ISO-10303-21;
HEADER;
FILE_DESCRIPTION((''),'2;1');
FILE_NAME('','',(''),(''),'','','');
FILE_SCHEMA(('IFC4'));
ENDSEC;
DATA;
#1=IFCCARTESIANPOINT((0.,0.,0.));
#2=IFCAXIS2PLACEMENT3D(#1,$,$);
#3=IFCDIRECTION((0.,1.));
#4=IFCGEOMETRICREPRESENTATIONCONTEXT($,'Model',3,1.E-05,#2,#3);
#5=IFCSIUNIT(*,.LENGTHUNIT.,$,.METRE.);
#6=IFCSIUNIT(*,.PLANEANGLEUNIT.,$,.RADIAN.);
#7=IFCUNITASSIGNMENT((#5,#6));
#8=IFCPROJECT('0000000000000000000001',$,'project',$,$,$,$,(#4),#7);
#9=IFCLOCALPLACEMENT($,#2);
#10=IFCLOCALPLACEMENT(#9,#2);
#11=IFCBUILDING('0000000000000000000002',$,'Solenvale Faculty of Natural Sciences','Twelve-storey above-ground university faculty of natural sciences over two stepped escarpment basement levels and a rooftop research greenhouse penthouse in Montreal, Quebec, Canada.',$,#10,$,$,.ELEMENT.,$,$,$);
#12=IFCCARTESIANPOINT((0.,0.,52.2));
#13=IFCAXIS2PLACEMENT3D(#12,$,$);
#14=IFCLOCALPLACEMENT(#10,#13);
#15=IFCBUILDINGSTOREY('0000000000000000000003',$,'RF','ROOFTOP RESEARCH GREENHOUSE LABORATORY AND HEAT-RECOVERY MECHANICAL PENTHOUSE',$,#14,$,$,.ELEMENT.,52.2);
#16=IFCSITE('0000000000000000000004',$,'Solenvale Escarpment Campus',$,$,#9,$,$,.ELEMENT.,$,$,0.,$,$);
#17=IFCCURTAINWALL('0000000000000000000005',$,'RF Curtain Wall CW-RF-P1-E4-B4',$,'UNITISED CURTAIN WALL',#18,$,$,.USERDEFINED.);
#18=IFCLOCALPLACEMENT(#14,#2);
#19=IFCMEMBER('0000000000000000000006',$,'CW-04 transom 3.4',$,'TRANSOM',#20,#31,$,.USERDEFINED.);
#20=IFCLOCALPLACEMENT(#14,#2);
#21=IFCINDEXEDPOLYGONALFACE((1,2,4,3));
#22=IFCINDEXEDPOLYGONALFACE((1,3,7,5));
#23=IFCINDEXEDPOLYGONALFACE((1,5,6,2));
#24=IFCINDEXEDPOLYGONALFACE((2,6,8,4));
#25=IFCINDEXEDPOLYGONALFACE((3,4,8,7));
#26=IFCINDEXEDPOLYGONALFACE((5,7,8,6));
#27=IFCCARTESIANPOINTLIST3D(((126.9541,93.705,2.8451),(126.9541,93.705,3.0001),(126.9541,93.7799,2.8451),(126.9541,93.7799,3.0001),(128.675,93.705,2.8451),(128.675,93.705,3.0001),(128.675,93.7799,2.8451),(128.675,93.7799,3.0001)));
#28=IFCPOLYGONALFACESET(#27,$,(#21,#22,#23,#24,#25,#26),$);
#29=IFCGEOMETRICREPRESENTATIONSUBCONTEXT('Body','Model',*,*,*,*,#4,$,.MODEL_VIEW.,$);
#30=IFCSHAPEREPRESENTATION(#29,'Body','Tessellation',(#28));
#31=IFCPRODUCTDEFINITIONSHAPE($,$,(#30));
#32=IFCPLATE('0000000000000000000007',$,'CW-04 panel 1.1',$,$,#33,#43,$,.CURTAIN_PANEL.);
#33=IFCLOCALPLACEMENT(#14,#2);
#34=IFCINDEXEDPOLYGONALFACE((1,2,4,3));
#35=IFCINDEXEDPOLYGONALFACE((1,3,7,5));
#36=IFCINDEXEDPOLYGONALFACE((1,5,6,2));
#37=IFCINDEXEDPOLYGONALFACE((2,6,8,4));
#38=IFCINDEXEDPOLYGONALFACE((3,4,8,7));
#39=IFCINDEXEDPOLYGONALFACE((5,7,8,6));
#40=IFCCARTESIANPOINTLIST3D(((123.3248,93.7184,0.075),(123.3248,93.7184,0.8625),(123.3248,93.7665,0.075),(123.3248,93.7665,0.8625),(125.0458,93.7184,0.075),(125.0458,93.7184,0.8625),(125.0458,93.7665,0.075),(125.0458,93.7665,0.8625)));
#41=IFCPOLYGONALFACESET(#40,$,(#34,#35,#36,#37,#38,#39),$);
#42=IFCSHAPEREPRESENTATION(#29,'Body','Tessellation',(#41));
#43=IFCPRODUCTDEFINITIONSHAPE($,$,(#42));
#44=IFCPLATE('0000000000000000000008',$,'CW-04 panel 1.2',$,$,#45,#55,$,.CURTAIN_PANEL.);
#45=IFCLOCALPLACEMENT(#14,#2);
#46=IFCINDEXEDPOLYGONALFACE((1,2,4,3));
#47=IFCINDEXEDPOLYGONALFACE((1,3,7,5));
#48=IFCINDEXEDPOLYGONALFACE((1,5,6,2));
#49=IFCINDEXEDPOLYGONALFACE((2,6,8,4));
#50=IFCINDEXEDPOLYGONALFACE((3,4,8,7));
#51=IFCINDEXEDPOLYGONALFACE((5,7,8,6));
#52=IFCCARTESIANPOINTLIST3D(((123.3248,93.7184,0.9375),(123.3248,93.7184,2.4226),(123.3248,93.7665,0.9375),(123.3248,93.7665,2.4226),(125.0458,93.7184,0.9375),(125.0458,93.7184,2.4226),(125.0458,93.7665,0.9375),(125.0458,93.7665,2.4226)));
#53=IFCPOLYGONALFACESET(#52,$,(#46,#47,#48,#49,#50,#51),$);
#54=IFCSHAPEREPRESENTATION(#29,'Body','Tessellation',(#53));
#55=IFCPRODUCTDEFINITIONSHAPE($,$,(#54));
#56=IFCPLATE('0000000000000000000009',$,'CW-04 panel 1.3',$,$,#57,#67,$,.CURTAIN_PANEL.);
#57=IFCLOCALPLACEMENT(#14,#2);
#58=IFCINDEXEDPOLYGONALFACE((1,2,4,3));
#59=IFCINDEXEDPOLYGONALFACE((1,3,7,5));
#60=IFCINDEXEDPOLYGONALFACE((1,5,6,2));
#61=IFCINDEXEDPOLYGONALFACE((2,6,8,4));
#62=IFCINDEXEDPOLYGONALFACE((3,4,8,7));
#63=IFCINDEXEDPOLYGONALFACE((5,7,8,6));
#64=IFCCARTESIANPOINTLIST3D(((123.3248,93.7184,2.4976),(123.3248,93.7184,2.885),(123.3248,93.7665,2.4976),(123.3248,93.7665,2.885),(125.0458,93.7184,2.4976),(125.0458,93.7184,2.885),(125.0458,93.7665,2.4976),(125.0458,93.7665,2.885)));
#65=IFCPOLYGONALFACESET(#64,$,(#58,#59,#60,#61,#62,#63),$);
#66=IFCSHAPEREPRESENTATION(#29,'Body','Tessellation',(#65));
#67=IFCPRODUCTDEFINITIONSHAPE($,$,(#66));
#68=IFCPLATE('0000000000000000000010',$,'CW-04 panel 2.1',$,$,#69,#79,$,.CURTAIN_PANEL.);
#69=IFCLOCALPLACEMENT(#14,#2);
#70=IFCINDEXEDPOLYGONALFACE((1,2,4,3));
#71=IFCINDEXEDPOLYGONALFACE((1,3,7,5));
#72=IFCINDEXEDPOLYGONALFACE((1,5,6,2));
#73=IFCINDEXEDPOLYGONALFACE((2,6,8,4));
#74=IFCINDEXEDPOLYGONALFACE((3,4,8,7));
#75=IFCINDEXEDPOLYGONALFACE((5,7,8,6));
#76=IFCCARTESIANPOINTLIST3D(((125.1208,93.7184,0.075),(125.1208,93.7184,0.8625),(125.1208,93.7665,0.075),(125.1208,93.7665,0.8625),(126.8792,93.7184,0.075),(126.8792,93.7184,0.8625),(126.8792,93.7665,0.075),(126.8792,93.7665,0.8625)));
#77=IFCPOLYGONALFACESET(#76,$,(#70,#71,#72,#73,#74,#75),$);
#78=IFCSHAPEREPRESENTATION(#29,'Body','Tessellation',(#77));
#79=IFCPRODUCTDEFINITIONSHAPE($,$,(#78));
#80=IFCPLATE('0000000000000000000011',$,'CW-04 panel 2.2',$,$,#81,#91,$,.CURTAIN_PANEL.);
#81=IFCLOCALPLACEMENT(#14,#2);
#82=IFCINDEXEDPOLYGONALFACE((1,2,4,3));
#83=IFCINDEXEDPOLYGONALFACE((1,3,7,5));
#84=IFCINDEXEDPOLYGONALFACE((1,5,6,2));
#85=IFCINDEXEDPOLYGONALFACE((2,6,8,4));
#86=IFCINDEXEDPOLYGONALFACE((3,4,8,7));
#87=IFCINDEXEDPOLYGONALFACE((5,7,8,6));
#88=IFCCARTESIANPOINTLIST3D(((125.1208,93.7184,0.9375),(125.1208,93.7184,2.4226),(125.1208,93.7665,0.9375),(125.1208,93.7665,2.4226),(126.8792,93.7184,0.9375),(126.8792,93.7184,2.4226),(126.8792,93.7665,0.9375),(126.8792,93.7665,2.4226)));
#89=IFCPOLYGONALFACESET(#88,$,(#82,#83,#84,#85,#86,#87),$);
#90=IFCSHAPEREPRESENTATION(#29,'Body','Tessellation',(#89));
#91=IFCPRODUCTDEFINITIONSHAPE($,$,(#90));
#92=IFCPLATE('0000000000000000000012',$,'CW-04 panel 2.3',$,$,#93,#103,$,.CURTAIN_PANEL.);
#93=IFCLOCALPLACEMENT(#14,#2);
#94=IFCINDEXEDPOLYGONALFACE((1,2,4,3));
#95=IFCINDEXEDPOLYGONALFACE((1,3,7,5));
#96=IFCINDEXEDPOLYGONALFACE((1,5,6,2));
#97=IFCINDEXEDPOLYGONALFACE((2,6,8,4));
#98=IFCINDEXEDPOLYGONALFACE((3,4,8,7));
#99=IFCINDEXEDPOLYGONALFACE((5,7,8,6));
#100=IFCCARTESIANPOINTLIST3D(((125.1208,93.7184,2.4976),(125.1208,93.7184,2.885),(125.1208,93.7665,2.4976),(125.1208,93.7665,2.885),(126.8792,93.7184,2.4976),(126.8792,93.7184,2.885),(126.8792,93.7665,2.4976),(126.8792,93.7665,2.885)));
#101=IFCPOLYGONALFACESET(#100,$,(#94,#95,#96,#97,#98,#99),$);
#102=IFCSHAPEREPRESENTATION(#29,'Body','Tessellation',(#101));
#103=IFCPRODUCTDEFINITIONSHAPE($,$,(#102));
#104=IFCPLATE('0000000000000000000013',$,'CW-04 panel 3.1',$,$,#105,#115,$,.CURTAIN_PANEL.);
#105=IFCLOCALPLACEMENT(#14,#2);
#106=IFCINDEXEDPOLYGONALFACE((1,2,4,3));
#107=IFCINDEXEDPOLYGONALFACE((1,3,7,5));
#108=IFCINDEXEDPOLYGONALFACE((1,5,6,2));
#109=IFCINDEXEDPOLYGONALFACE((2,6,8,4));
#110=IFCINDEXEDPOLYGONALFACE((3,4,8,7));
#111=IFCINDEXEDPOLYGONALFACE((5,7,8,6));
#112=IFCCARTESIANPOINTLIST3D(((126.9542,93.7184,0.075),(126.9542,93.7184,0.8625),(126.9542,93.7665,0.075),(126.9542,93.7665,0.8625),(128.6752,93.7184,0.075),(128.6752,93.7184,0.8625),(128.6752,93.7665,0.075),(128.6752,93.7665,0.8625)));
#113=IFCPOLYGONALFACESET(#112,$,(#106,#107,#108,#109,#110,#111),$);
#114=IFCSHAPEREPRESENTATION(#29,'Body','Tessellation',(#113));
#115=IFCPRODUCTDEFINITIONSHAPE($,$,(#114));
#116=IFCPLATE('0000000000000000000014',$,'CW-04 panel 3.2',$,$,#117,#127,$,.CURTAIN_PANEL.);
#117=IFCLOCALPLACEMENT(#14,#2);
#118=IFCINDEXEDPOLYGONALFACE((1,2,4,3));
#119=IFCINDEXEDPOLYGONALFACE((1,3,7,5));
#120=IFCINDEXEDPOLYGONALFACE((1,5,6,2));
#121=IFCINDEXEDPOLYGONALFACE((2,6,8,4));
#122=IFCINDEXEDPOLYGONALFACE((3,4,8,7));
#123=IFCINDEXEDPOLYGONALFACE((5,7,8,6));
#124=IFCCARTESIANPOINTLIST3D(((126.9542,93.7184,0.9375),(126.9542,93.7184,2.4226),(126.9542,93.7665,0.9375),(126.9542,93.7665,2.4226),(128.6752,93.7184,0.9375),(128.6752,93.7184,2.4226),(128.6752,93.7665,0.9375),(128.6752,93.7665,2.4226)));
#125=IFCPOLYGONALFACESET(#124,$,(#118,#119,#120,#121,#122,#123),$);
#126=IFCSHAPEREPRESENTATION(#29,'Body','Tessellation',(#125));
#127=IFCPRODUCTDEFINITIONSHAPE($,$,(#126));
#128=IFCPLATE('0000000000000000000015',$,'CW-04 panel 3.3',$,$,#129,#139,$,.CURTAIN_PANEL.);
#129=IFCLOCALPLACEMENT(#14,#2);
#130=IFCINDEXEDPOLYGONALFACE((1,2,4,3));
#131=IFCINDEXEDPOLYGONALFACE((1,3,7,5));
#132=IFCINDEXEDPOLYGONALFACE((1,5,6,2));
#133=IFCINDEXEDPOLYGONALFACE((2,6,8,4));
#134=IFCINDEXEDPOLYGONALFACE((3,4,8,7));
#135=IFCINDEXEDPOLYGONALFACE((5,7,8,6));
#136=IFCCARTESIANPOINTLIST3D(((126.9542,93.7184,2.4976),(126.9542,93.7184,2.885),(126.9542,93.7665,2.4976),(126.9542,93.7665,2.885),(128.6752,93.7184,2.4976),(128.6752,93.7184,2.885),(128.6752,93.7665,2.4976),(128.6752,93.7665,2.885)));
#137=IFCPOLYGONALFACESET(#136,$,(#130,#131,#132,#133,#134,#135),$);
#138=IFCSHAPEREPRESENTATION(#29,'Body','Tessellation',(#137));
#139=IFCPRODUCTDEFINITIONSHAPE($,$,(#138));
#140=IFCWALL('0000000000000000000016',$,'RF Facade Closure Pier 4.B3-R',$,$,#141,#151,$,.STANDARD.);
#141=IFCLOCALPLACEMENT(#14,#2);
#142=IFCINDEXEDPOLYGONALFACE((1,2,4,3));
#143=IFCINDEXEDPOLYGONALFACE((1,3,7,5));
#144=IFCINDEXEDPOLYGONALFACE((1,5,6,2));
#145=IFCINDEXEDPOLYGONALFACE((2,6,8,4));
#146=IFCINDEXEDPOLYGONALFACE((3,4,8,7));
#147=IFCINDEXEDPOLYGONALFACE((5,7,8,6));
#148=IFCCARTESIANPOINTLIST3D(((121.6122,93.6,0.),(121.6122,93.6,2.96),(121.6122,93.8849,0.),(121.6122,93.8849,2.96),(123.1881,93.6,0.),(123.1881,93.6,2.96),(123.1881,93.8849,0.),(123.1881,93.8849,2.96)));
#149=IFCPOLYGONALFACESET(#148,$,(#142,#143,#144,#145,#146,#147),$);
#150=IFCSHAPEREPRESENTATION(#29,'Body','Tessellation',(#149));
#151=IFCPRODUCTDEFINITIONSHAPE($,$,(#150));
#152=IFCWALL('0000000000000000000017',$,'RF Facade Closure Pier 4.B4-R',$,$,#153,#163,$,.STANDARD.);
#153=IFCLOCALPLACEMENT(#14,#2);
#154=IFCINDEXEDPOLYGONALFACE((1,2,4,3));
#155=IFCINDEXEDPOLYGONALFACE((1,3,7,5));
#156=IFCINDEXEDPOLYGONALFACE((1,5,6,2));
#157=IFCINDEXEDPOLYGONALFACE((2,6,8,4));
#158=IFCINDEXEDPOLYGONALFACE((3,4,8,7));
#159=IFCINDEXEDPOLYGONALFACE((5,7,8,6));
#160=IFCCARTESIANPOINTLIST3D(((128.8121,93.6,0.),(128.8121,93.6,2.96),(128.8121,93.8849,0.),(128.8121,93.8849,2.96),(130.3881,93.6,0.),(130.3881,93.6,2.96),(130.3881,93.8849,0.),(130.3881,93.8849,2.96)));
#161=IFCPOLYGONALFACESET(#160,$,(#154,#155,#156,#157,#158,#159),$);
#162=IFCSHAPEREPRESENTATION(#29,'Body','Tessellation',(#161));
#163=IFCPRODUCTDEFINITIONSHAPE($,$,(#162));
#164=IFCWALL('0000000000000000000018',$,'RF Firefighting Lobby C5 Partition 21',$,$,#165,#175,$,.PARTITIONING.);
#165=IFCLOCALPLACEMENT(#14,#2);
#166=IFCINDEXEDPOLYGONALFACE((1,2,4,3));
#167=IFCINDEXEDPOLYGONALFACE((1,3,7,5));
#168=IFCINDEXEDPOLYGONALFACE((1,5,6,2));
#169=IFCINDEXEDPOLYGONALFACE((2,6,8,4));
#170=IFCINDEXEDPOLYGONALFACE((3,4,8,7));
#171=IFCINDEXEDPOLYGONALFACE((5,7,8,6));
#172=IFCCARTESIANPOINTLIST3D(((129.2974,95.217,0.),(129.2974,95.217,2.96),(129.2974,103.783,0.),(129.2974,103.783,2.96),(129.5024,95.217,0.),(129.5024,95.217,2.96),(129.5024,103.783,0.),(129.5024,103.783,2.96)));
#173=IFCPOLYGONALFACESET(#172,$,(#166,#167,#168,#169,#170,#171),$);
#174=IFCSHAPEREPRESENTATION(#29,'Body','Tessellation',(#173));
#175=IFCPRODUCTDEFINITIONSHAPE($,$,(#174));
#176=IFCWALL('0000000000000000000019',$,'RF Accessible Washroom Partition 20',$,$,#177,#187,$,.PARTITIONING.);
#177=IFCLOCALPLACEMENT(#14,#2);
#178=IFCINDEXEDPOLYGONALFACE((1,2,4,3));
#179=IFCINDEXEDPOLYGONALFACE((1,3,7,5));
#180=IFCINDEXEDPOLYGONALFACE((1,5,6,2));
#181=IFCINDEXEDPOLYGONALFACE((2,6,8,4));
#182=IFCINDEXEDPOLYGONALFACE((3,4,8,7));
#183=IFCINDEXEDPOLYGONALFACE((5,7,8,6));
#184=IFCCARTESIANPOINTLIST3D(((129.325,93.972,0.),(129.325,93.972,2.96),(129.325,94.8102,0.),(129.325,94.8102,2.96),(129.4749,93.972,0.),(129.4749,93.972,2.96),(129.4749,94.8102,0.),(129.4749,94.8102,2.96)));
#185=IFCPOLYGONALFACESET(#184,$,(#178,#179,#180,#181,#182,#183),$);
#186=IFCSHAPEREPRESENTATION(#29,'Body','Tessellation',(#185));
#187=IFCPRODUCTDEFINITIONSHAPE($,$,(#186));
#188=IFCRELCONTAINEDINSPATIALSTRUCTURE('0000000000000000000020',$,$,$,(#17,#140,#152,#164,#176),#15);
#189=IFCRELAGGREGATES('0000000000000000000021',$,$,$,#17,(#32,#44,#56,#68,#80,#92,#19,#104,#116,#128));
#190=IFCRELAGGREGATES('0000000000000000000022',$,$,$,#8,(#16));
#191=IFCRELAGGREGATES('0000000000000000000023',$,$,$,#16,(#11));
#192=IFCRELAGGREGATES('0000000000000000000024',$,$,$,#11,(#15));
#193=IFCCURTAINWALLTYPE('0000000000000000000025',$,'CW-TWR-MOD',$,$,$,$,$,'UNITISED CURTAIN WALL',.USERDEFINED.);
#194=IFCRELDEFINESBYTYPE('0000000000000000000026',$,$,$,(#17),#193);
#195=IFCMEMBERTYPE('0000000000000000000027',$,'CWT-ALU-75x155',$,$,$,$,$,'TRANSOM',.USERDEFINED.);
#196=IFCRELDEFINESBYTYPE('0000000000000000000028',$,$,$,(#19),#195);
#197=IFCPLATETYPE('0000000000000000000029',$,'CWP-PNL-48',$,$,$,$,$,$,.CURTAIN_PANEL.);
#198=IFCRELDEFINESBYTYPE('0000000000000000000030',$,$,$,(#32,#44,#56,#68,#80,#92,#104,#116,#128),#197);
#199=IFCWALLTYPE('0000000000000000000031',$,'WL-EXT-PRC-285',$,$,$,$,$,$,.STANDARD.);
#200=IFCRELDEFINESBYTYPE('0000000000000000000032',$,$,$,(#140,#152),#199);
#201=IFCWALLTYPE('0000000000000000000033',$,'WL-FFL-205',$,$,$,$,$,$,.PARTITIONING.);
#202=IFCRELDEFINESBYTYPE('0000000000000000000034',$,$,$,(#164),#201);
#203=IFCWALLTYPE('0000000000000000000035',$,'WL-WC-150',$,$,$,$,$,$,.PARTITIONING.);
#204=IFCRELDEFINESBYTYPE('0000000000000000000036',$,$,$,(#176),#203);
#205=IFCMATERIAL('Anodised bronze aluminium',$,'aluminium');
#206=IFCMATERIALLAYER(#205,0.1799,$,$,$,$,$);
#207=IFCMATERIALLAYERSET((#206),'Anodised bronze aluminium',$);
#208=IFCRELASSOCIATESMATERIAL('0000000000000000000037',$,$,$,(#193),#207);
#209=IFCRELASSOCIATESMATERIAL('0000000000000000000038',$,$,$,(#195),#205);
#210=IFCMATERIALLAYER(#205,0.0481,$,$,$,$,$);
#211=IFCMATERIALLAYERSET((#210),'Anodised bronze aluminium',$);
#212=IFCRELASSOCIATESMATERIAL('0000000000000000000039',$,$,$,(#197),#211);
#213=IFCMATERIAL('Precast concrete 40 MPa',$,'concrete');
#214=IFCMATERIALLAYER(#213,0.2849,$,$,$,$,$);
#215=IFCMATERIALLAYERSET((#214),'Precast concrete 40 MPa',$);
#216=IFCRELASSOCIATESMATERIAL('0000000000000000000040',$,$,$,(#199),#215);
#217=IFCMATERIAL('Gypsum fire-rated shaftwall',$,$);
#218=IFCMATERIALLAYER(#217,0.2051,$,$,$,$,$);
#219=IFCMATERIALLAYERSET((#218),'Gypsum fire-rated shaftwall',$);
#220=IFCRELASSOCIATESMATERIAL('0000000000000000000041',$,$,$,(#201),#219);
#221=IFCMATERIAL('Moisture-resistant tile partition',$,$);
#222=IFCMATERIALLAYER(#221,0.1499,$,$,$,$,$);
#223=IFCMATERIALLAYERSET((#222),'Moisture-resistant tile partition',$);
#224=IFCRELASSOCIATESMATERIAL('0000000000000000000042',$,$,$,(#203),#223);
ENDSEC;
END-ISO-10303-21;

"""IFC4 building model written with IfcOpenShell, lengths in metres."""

from ifc_helpers import new_model, si_unit, direction, frame, frame_2d, origin, origin_2d, place, context, subcontext, project, spatial, rectangle, extrude, material, layer, layer_set, material_profile, profile_set, type_object, element, aggregate, save


model = new_model("IFC4")

# Units and contexts
model_context = context("Model", 3, precision=1e-05, world=origin(), true_north=direction((0.0, 1.0)))
body_context = subcontext(model_context, "Body", "Model", "MODEL_VIEW")
ifc_project = project(units=[si_unit("LENGTHUNIT", "METRE"), si_unit("PLANEANGLEUNIT", "RADIAN")], contexts=[model_context])

# Site, building, storey
site_placement = place(None, origin())
site = spatial("IfcSite", under=ifc_project, at=site_placement, Name="Solenvale Escarpment Campus", CompositionType="ELEMENT", RefElevation=0.0)
building_placement = place(site_placement, origin())
building = spatial("IfcBuilding", under=site, at=building_placement, Name="Solenvale Faculty of Natural Sciences", Description="Twelve-storey above-ground university faculty of natural sciences over two stepped escarpment basement levels and a rooftop research greenhouse penthouse in Montreal, Quebec, Canada.", CompositionType="ELEMENT")
storey_placement = place(building_placement, frame((0.0, 0.0, 52.2)))
storey = spatial("IfcBuildingStorey", under=building, at=storey_placement, Name="RF", Description="ROOFTOP RESEARCH GREENHOUSE LABORATORY AND HEAT-RECOVERY MECHANICAL PENTHOUSE", CompositionType="ELEMENT", Elevation=52.2)

# Curtain wall, member, plates
ifc_material_1 = material(Name="Anodised bronze aluminium", Category="aluminium")
ifc_layer_1 = layer(ifc_material_1, 0.1799)
ifc_layer_set_1 = layer_set([ifc_layer_1], Name="Anodised bronze aluminium")
curtain_wall_type = type_object("IfcCurtainWallType", Name="CW-TWR-MOD", ElementType="UNITISED CURTAIN WALL", PredefinedType="USERDEFINED", material=ifc_layer_set_1)
curtain_wall_placement = place(storey_placement, origin())
curtain_wall = element("IfcCurtainWall", 1, at=curtain_wall_placement, inside=storey, type_object=curtain_wall_type, Name="RF Curtain Wall CW-RF-P1-E4-B4", ObjectType="UNITISED CURTAIN WALL", PredefinedType="USERDEFINED")
ifc_material_profile_1 = material_profile(ifc_material_1, rectangle(XDim=0.075, YDim=0.155, at=origin_2d()), Name="ALU-TRN-75x155")
ifc_profile_set_1 = profile_set([ifc_material_profile_1], Name="Anodised bronze aluminium")
member_type_1 = type_object("IfcMemberType", Name="CWT-ALU-75x155", ElementType="TRANSOM", PredefinedType="USERDEFINED", material=ifc_profile_set_1)
member_1_placement = place(storey_placement, frame((126.9541, 93.7424, 2.9226), z_axis=(1.0, 0.0, 0.0), x_axis=(0.0, 1.0, 0.0)))
member_1 = element("IfcMember", 2, at=member_1_placement, type_object=member_type_1, Name="CW-04 transom 3.4", ObjectType="TRANSOM", PredefinedType="USERDEFINED", context=body_context, shape_type="SweptSolid", body=[
    extrude(rectangle(XDim=0.075, YDim=0.155, at=origin_2d()), origin(), (0.0, 0.0, 1.0), 1.7209),
])
ifc_layer_2 = layer(ifc_material_1, 0.0481)
ifc_layer_set_2 = layer_set([ifc_layer_2], Name="Anodised bronze aluminium")
plate_type = type_object("IfcPlateType", Name="CWP-PNL-48", PredefinedType="CURTAIN_PANEL", material=ifc_layer_set_2)
plate_1_placement = place(storey_placement, frame((124.1853, 93.7424, 0.075), z_axis=(0.0, 0.0, 1.0), x_axis=(1.0, 0.0, 0.0)))
plate_1 = element("IfcPlate", 3, at=plate_1_placement, type_object=plate_type, Name="CW-04 panel 1.1", PredefinedType="CURTAIN_PANEL", context=body_context, shape_type="SweptSolid", body=[
    extrude(rectangle(XDim=1.7209, YDim=0.0481, at=origin_2d()), origin(), (0.0, 0.0, 1.0), 0.7876),
])
plate_2_placement = place(storey_placement, frame((124.1853, 93.7424, 0.9375), z_axis=(0.0, 0.0, 1.0), x_axis=(1.0, 0.0, 0.0)))
plate_2 = element("IfcPlate", 4, at=plate_2_placement, type_object=plate_type, Name="CW-04 panel 1.2", PredefinedType="CURTAIN_PANEL", context=body_context, shape_type="SweptSolid", body=[
    extrude(rectangle(XDim=1.7209, YDim=0.0481, at=origin_2d()), origin(), (0.0, 0.0, 1.0), 1.4851),
])
plate_3_placement = place(storey_placement, frame((124.1853, 93.7424, 2.4976), z_axis=(0.0, 0.0, 1.0), x_axis=(1.0, 0.0, 0.0)))
plate_3 = element("IfcPlate", 5, at=plate_3_placement, type_object=plate_type, Name="CW-04 panel 1.3", PredefinedType="CURTAIN_PANEL", context=body_context, shape_type="SweptSolid", body=[
    extrude(rectangle(XDim=1.7209, YDim=0.0481, at=origin_2d()), origin(), (0.0, 0.0, 1.0), 0.3875),
])
plate_4_placement = place(storey_placement, frame((126.0, 93.7424, 0.075), z_axis=(0.0, 0.0, 1.0), x_axis=(1.0, 0.0, 0.0)))
plate_4 = element("IfcPlate", 6, at=plate_4_placement, type_object=plate_type, Name="CW-04 panel 2.1", PredefinedType="CURTAIN_PANEL", context=body_context, shape_type="SweptSolid", body=[
    extrude(rectangle(XDim=1.7583, YDim=0.0481, at=origin_2d()), origin(), (0.0, 0.0, 1.0), 0.7876),
])
plate_5_placement = place(storey_placement, frame((126.0, 93.7424, 0.9375), z_axis=(0.0, 0.0, 1.0), x_axis=(1.0, 0.0, 0.0)))
plate_5 = element("IfcPlate", 7, at=plate_5_placement, type_object=plate_type, Name="CW-04 panel 2.2", PredefinedType="CURTAIN_PANEL", context=body_context, shape_type="SweptSolid", body=[
    extrude(rectangle(XDim=1.7583, YDim=0.0481, at=origin_2d()), origin(), (0.0, 0.0, 1.0), 1.4851),
])
plate_6_placement = place(storey_placement, frame((126.0, 93.7424, 2.4976), z_axis=(0.0, 0.0, 1.0), x_axis=(1.0, 0.0, 0.0)))
plate_6 = element("IfcPlate", 8, at=plate_6_placement, type_object=plate_type, Name="CW-04 panel 2.3", PredefinedType="CURTAIN_PANEL", context=body_context, shape_type="SweptSolid", body=[
    extrude(rectangle(XDim=1.7583, YDim=0.0481, at=origin_2d()), origin(), (0.0, 0.0, 1.0), 0.3875),
])
plate_7_placement = place(storey_placement, frame((127.8147, 93.7424, 0.075), z_axis=(0.0, 0.0, 1.0), x_axis=(1.0, 0.0, 0.0)))
plate_7 = element("IfcPlate", 9, at=plate_7_placement, type_object=plate_type, Name="CW-04 panel 3.1", PredefinedType="CURTAIN_PANEL", context=body_context, shape_type="SweptSolid", body=[
    extrude(rectangle(XDim=1.7209, YDim=0.0481, at=origin_2d()), origin(), (0.0, 0.0, 1.0), 0.7876),
])
plate_8_placement = place(storey_placement, frame((127.8147, 93.7424, 0.9375), z_axis=(0.0, 0.0, 1.0), x_axis=(1.0, 0.0, 0.0)))
plate_8 = element("IfcPlate", 10, at=plate_8_placement, type_object=plate_type, Name="CW-04 panel 3.2", PredefinedType="CURTAIN_PANEL", context=body_context, shape_type="SweptSolid", body=[
    extrude(rectangle(XDim=1.7209, YDim=0.0481, at=origin_2d()), origin(), (0.0, 0.0, 1.0), 1.4851),
])
plate_9_placement = place(storey_placement, frame((127.8147, 93.7424, 2.4976), z_axis=(0.0, 0.0, 1.0), x_axis=(1.0, 0.0, 0.0)))
plate_9 = element("IfcPlate", 11, at=plate_9_placement, type_object=plate_type, Name="CW-04 panel 3.3", PredefinedType="CURTAIN_PANEL", context=body_context, shape_type="SweptSolid", body=[
    extrude(rectangle(XDim=1.7209, YDim=0.0481, at=origin_2d()), origin(), (0.0, 0.0, 1.0), 0.3875),
])
aggregate(curtain_wall, [plate_1, plate_2, plate_3, plate_4, plate_5, plate_6, member_1, plate_7, plate_8, plate_9])

# Walls
ifc_material_2 = material(Name="Precast concrete 40 MPa", Category="concrete")
ifc_layer_3 = layer(ifc_material_2, 0.2849)
ifc_layer_set_3 = layer_set([ifc_layer_3], Name="Precast concrete 40 MPa")
wall_type_1 = type_object("IfcWallType", Name="WL-EXT-PRC-285", PredefinedType="STANDARD", material=ifc_layer_set_3)
for number, where, z_axis, x_axis, name in (
    (12, (121.6121, 93.7424, 0.0), (0.0, 0.0, 1.0), (1.0, 0.0, 0.0), "RF Facade Closure Pier 4.B3-R"),
    (13, (128.812, 93.7424, 0.0), (0.0, 0.0, 1.0), (1.0, 0.0, 0.0), "RF Facade Closure Pier 4.B4-R"),
):
    element("IfcWall", number, at=place(storey_placement, frame(where, z_axis=z_axis, x_axis=x_axis)), inside=storey, type_object=wall_type_1, Name=name, PredefinedType="STANDARD", context=body_context, shape_type="SweptSolid", body=[
        extrude(rectangle(XDim=1.5759, YDim=0.2849, at=frame_2d((0.7881, 0.0))), origin(), (0.0, 0.0, 1.0), 2.96),
    ])
ifc_material_3 = material(Name="Gypsum fire-rated shaftwall")
ifc_layer_4 = layer(ifc_material_3, 0.2051)
ifc_layer_set_4 = layer_set([ifc_layer_4], Name="Gypsum fire-rated shaftwall")
wall_type_2 = type_object("IfcWallType", Name="WL-FFL-205", PredefinedType="PARTITIONING", material=ifc_layer_set_4)
wall_1_placement = place(storey_placement, frame((129.3999, 95.217, 0.0), z_axis=(0.0, 0.0, 1.0), x_axis=(0.0, 1.0, 0.0)))
element("IfcWall", 14, at=wall_1_placement, inside=storey, type_object=wall_type_2, Name="RF Firefighting Lobby C5 Partition 21", PredefinedType="PARTITIONING", context=body_context, shape_type="SweptSolid", body=[
    extrude(rectangle(XDim=8.5659, YDim=0.2051, at=frame_2d((4.283, 0.0))), origin(), (0.0, 0.0, 1.0), 2.96),
])
ifc_material_4 = material(Name="Moisture-resistant tile partition")
ifc_layer_5 = layer(ifc_material_4, 0.1499)
ifc_layer_set_5 = layer_set([ifc_layer_5], Name="Moisture-resistant tile partition")
wall_type_3 = type_object("IfcWallType", Name="WL-WC-150", PredefinedType="PARTITIONING", material=ifc_layer_set_5)
wall_2_placement = place(storey_placement, frame((129.3999, 94.8101, 0.0), z_axis=(0.0, 0.0, 1.0), x_axis=(0.0, -1.0, 0.0)))
element("IfcWall", 15, at=wall_2_placement, inside=storey, type_object=wall_type_3, Name="RF Accessible Washroom Partition 20", PredefinedType="PARTITIONING", context=body_context, shape_type="SweptSolid", body=[
    extrude(rectangle(XDim=0.8381, YDim=0.1499, at=frame_2d((0.4189, 0.0))), origin(), (0.0, 0.0, 1.0), 2.96),
])

save(model, "model.ifc")
